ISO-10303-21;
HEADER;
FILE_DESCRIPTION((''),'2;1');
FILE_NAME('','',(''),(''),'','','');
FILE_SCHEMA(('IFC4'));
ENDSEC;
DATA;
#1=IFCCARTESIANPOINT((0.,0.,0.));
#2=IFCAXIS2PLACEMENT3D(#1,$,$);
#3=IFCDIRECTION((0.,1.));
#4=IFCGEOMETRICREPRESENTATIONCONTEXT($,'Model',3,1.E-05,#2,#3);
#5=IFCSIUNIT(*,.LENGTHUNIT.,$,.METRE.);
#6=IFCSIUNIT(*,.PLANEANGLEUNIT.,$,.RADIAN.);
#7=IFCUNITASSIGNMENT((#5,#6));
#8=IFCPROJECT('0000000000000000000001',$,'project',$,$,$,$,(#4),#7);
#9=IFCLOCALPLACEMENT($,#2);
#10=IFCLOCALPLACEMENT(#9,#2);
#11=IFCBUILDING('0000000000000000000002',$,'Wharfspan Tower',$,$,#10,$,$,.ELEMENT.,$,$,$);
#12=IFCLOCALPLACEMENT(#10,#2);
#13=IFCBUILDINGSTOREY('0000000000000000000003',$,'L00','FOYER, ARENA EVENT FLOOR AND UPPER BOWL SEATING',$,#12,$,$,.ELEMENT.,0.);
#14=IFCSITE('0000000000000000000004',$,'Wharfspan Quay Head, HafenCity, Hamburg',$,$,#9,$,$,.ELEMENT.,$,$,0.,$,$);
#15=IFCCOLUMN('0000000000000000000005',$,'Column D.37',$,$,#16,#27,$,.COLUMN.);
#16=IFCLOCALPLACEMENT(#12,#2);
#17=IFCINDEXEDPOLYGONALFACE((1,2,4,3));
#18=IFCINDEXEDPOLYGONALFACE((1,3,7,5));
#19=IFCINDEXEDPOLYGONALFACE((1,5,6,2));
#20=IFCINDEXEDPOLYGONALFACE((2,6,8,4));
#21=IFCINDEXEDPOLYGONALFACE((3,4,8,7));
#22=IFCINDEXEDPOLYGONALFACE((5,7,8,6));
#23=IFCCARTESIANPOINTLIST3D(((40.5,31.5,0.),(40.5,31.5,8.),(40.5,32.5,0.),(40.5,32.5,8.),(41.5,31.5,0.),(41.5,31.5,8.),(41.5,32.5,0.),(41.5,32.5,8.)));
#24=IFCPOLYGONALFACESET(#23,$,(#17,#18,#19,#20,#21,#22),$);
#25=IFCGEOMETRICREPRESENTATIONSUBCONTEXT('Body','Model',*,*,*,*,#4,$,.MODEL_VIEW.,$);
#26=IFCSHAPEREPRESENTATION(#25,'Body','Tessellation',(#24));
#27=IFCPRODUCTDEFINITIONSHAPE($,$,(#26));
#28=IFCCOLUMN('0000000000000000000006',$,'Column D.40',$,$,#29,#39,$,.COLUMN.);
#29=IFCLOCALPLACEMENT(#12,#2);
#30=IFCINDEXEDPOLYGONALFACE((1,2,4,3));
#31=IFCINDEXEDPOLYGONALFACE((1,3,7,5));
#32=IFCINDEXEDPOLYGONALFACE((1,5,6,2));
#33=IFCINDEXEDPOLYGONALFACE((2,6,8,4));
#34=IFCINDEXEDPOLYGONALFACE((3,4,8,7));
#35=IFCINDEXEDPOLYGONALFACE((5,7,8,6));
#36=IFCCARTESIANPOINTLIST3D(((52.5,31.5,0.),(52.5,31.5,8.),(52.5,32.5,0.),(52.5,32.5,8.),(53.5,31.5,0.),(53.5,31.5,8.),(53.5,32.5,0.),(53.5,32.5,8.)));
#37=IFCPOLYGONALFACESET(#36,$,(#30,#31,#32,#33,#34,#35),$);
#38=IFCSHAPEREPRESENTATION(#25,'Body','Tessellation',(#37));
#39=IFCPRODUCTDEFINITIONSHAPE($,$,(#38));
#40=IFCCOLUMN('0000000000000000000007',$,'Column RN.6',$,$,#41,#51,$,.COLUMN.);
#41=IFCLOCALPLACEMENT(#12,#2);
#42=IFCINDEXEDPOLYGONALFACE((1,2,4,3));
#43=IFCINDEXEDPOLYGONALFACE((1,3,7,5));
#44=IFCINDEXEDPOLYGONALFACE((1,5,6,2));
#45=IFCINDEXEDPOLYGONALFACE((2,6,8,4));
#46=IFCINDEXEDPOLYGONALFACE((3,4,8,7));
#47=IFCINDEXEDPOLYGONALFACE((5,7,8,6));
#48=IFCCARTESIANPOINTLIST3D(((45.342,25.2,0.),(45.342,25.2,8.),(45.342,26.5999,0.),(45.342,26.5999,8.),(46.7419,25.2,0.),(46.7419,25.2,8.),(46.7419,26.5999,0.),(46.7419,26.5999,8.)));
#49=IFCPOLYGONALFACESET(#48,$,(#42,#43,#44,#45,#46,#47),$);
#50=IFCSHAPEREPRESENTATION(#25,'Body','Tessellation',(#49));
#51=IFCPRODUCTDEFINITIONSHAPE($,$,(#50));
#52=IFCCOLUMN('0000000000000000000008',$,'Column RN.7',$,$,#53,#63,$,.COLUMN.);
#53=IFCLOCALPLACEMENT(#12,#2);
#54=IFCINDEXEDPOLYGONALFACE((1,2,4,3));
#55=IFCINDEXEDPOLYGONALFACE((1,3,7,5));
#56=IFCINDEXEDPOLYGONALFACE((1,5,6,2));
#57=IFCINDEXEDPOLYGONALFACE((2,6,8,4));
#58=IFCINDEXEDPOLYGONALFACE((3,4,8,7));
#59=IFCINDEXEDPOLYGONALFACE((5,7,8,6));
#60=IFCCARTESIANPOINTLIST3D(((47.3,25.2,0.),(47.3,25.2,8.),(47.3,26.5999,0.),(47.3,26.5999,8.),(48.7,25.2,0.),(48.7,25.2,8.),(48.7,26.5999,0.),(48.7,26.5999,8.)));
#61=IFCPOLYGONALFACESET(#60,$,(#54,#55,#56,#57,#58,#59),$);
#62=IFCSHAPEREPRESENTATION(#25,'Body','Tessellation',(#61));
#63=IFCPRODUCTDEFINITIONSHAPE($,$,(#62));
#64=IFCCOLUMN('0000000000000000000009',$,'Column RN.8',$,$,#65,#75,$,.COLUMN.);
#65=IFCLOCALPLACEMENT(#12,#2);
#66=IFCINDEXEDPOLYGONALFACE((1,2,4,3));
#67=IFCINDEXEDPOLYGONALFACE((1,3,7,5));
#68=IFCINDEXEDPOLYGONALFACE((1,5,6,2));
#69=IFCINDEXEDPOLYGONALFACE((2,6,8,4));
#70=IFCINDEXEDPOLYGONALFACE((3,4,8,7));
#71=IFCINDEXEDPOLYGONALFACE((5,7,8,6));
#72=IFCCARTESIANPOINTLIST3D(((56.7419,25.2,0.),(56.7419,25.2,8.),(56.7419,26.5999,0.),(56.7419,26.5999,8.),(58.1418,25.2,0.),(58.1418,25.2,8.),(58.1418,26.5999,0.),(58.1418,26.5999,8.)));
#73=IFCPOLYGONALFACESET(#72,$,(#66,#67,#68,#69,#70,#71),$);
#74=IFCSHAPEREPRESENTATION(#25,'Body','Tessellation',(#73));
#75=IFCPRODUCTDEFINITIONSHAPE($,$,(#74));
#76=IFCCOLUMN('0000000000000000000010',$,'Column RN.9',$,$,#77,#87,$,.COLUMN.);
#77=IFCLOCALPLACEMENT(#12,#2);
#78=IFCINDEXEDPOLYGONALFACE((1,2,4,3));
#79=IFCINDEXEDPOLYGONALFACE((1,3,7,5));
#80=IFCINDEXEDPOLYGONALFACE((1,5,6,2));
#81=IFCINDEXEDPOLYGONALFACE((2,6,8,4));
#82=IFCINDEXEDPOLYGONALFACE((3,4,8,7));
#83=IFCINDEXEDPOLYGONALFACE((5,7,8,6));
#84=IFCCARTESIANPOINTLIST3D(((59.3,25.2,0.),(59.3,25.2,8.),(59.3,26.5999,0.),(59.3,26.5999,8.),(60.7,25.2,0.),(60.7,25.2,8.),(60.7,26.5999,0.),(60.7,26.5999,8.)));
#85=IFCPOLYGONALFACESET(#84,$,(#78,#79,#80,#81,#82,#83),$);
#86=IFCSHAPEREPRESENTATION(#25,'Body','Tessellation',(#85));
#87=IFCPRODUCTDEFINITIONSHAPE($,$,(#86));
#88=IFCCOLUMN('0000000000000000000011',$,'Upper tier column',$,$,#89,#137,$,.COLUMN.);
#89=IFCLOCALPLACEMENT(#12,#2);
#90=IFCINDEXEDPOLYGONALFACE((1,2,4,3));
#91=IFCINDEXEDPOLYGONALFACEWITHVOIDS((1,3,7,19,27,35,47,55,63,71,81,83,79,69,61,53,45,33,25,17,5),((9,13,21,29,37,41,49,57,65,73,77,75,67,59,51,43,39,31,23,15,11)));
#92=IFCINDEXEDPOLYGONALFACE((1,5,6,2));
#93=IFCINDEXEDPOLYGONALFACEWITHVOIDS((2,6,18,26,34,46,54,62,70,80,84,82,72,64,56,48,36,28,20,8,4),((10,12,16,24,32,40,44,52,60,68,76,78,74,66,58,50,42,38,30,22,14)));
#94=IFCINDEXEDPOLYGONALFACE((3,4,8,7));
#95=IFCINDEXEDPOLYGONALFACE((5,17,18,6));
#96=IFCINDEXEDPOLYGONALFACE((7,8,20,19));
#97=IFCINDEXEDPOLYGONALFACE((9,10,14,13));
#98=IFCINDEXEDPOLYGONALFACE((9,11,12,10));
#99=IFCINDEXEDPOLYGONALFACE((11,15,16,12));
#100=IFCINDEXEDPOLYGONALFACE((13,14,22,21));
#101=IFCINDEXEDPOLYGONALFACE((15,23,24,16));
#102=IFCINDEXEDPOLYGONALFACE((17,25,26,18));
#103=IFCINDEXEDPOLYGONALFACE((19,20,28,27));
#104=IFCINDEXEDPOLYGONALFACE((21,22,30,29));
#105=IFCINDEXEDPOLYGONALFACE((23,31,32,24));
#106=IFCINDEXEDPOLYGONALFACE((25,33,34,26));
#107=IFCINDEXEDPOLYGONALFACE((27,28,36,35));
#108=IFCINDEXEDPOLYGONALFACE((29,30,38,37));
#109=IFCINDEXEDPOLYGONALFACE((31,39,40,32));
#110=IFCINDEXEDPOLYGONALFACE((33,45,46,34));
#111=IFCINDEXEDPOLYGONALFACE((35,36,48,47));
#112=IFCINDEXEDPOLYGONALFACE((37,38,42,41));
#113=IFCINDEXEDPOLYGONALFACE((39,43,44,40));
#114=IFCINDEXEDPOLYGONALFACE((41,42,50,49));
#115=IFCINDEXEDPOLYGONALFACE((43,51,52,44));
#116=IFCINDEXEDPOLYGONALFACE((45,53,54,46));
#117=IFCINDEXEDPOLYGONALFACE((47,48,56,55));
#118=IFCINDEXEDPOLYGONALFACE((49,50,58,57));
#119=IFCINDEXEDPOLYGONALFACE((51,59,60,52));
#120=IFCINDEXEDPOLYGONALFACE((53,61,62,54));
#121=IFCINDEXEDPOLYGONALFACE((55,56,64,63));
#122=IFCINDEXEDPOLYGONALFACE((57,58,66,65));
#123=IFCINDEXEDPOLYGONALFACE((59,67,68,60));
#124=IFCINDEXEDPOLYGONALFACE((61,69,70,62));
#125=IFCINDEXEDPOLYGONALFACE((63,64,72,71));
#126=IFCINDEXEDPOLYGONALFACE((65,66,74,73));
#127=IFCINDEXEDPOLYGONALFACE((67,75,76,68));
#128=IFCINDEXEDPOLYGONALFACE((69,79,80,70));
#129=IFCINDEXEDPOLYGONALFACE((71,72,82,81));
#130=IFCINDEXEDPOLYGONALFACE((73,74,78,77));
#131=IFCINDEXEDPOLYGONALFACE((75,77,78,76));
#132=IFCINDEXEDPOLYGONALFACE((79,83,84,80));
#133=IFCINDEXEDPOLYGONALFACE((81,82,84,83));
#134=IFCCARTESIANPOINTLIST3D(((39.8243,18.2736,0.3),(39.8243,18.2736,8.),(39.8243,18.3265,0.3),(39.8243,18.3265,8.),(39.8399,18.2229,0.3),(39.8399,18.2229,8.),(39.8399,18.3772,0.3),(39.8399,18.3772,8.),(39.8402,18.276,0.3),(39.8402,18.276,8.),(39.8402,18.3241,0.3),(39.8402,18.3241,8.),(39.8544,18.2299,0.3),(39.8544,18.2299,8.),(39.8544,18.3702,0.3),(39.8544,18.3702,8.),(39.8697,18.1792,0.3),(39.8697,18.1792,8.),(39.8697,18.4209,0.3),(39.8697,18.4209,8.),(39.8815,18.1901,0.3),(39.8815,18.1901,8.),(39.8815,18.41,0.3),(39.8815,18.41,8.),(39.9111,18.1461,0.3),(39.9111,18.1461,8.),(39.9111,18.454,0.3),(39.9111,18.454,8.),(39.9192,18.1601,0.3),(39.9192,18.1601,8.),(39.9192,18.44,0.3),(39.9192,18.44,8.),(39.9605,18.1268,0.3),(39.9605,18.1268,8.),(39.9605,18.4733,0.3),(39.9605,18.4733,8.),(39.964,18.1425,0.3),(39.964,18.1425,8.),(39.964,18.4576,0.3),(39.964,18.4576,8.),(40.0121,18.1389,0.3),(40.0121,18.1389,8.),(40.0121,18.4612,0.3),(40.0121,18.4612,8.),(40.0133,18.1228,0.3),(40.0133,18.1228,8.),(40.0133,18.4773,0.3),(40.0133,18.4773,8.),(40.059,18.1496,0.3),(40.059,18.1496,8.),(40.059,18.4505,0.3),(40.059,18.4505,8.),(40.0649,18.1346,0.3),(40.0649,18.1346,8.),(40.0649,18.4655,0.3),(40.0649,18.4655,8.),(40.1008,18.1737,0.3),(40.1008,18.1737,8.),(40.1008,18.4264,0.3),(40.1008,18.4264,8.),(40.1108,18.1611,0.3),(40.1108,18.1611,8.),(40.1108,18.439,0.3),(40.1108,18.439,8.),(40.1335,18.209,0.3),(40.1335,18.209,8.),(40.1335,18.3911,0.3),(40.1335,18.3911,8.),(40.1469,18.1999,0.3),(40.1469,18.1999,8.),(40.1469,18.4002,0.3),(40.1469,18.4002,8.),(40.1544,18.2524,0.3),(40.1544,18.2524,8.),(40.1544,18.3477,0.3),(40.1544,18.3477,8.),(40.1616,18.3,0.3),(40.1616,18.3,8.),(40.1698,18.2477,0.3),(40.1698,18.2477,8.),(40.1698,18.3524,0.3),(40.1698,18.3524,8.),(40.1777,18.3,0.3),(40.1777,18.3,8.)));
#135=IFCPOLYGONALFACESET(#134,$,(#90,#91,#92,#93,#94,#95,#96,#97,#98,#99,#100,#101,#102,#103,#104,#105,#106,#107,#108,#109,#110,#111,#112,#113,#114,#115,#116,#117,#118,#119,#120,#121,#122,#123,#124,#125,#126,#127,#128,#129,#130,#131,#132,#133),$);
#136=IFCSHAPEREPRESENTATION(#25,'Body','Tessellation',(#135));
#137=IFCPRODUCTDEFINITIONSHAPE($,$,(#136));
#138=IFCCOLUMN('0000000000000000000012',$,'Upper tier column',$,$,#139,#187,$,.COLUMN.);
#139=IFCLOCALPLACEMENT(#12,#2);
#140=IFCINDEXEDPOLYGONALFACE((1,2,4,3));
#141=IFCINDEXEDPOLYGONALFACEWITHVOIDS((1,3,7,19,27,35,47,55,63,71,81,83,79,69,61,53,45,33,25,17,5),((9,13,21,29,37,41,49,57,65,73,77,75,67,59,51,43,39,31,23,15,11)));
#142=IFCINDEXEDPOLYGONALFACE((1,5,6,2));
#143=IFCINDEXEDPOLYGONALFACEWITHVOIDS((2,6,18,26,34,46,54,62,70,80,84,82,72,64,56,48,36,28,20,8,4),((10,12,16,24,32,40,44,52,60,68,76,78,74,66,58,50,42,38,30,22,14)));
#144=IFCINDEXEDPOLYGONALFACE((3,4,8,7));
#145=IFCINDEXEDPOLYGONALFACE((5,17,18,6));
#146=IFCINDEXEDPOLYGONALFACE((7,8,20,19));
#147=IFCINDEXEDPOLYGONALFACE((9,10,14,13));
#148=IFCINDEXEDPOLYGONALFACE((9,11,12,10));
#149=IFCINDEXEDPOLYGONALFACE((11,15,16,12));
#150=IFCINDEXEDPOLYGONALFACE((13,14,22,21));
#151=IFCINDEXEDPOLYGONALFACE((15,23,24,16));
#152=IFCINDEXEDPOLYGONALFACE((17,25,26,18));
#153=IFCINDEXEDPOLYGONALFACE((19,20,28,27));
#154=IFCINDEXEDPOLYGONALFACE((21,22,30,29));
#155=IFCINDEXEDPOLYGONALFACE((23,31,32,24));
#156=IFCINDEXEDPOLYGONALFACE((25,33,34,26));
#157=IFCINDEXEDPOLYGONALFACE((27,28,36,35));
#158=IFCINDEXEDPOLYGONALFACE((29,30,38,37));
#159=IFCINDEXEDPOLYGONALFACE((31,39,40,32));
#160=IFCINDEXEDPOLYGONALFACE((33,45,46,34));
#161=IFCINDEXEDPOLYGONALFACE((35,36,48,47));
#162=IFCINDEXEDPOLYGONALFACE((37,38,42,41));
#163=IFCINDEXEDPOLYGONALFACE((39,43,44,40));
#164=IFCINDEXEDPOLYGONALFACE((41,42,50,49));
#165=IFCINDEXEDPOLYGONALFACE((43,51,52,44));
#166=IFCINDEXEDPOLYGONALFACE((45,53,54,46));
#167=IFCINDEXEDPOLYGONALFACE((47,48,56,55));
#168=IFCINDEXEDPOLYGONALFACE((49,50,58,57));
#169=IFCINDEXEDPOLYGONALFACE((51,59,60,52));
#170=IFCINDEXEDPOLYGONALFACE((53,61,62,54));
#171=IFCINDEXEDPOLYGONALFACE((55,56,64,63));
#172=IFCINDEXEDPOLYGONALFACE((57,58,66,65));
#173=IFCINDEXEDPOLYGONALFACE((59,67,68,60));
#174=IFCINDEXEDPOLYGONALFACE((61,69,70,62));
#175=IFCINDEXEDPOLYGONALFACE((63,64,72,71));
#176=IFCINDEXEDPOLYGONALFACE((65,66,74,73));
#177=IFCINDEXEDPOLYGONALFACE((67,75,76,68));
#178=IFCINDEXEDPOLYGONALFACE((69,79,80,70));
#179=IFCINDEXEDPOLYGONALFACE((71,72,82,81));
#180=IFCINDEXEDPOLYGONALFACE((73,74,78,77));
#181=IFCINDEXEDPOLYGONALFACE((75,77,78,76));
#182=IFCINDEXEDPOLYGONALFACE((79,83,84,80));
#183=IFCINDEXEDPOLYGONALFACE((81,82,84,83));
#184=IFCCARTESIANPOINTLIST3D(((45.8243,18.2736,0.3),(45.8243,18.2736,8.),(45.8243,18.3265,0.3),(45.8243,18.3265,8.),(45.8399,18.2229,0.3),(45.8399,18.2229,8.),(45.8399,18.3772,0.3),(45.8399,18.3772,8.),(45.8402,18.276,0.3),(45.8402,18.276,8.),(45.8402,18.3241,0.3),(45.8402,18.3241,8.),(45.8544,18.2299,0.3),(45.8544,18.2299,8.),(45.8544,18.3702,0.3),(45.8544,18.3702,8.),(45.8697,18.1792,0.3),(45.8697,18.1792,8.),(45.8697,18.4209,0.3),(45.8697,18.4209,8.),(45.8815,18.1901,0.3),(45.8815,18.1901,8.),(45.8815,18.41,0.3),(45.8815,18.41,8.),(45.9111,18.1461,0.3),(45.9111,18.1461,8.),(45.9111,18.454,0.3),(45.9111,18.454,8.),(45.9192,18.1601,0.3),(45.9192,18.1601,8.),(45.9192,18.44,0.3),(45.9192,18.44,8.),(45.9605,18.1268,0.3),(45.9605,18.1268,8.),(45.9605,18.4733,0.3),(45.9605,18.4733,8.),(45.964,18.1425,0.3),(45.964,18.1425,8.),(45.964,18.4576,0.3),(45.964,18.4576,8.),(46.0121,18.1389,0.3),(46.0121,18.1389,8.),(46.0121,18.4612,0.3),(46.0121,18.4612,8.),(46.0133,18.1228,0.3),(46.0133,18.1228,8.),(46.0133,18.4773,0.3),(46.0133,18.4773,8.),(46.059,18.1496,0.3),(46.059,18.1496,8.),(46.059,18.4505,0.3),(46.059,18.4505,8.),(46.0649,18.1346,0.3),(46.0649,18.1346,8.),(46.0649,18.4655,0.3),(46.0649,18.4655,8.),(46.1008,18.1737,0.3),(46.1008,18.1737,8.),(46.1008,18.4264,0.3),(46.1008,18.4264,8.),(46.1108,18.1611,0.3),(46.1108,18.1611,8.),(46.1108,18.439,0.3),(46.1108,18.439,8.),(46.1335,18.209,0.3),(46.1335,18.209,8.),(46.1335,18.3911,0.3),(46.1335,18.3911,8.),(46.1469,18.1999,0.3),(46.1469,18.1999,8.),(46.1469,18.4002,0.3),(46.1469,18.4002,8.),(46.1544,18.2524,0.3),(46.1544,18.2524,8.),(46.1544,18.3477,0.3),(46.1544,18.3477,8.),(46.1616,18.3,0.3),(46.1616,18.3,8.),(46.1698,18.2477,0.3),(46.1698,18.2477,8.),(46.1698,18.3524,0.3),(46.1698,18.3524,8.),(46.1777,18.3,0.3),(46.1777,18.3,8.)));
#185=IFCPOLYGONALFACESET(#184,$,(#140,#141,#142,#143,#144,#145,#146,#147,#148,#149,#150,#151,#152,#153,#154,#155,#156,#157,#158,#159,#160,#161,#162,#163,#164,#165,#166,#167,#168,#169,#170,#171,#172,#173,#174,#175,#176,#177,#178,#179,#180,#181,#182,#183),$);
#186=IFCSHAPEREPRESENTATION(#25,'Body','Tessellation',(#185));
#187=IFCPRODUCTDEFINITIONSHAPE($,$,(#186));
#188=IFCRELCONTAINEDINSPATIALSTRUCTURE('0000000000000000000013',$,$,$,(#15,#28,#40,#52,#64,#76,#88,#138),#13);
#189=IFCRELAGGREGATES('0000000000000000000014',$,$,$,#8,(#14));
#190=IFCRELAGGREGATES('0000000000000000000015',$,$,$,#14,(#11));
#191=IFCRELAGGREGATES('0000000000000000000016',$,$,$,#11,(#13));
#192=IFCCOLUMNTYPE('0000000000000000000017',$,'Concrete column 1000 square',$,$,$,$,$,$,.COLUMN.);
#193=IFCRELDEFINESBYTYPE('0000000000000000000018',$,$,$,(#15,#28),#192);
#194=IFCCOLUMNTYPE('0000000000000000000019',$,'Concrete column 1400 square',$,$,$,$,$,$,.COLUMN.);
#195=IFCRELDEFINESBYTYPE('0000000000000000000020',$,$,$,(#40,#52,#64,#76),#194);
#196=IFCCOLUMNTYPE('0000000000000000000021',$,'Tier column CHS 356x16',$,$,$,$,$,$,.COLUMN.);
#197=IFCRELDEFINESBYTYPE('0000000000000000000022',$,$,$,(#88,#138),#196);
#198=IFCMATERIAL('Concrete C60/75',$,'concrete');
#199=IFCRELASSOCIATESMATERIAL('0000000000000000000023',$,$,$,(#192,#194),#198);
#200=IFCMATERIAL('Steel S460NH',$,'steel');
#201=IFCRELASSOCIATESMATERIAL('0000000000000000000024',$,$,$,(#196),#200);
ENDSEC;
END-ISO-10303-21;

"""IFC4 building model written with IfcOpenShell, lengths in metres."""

from ifc_helpers import new_model, si_unit, direction, frame, origin, origin_2d, place, context, subcontext, project, spatial, rectangle, hollow_circle, extrude, material, material_profile, profile_set, type_object, element, save


model = new_model("IFC4")

# Units and contexts
model_context = context("Model", 3, precision=1e-05, world=origin(), true_north=direction((0.0, 1.0)))
body_context = subcontext(model_context, "Body", "Model", "MODEL_VIEW")
ifc_project = project(units=[si_unit("LENGTHUNIT", "METRE"), si_unit("PLANEANGLEUNIT", "RADIAN")], contexts=[model_context])

# Site, building, storey
site_placement = place(None, origin())
site = spatial("IfcSite", under=ifc_project, at=site_placement, Name="Wharfspan Quay Head, HafenCity, Hamburg", CompositionType="ELEMENT", RefElevation=0.0)
building_placement = place(site_placement, origin())
building = spatial("IfcBuilding", under=site, at=building_placement, Name="Wharfspan Tower", CompositionType="ELEMENT")
storey_placement = place(building_placement, origin())
storey = spatial("IfcBuildingStorey", under=building, at=storey_placement, Name="L00", Description="FOYER, ARENA EVENT FLOOR AND UPPER BOWL SEATING", CompositionType="ELEMENT", Elevation=0.0)

# Columns
ifc_material_1 = material(Name="Concrete C60/75", Category="concrete")
ifc_material_profile_1 = material_profile(ifc_material_1, rectangle(XDim=1.0, YDim=1.0, at=origin_2d()))
ifc_profile_set_1 = profile_set([ifc_material_profile_1], Name="Concrete C60/75")
column_type_1 = type_object("IfcColumnType", Name="Concrete column 1000 square", PredefinedType="COLUMN", material=ifc_profile_set_1)
for number, where, z_axis, x_axis, name in (
    (1, (41.0, 32.0, 0.0), (0.0, 0.0, 1.0), (1.0, 0.0, 0.0), "Column D.37"),
    (2, (53.0, 32.0, 0.0), (0.0, 0.0, 1.0), (1.0, 0.0, 0.0), "Column D.40"),
):
    element("IfcColumn", number, at=place(storey_placement, frame(where, z_axis=z_axis, x_axis=x_axis)), inside=storey, type_object=column_type_1, Name=name, PredefinedType="COLUMN", context=body_context, shape_type="SweptSolid", body=[
        extrude(rectangle(XDim=1.0, YDim=1.0, at=origin_2d()), origin(), (0.0, 0.0, 1.0), 8.0),
    ])
ifc_material_profile_2 = material_profile(ifc_material_1, rectangle(XDim=1.3999, YDim=1.3999, at=origin_2d()))
ifc_profile_set_2 = profile_set([ifc_material_profile_2], Name="Concrete C60/75")
column_type_2 = type_object("IfcColumnType", Name="Concrete column 1400 square", PredefinedType="COLUMN", material=ifc_profile_set_2)
for number, where, z_axis, x_axis, name in (
    (3, (46.042, 25.8999, 0.0), (0.0, 0.0, 1.0), (1.0, 0.0, 0.0), "Column RN.6"),
    (4, (48.0, 25.8999, 0.0), (0.0, 0.0, 1.0), (1.0, 0.0, 0.0), "Column RN.7"),
    (5, (57.4419, 25.8999, 0.0), (0.0, 0.0, 1.0), (1.0, 0.0, 0.0), "Column RN.8"),
    (6, (60.0, 25.8999, 0.0), (0.0, 0.0, 1.0), (1.0, 0.0, 0.0), "Column RN.9"),
):
    element("IfcColumn", number, at=place(storey_placement, frame(where, z_axis=z_axis, x_axis=x_axis)), inside=storey, type_object=column_type_2, Name=name, PredefinedType="COLUMN", context=body_context, shape_type="SweptSolid", body=[
        extrude(rectangle(XDim=1.3999, YDim=1.3999, at=origin_2d()), origin(), (0.0, 0.0, 1.0), 8.0),
    ])
ifc_material_2 = material(Name="Steel S460NH", Category="steel")
ifc_material_profile_3 = material_profile(ifc_material_2, hollow_circle(Radius=0.1777, WallThickness=0.0161, at=origin_2d()))
ifc_profile_set_3 = profile_set([ifc_material_profile_3], Name="Steel S460NH")
column_type_3 = type_object("IfcColumnType", Name="Tier column CHS 356x16", PredefinedType="COLUMN", material=ifc_profile_set_3)
for number, where, z_axis, x_axis, name in (
    (7, (40.0, 18.3, 0.3), (0.0, 0.0, 1.0), (1.0, 0.0, 0.0), "Upper tier column"),
    (8, (46.0, 18.3, 0.3), (0.0, 0.0, 1.0), (1.0, 0.0, 0.0), "Upper tier column"),
):
    element("IfcColumn", number, at=place(storey_placement, frame(where, z_axis=z_axis, x_axis=x_axis)), inside=storey, type_object=column_type_3, Name=name, PredefinedType="COLUMN", context=body_context, shape_type="SweptSolid", body=[
        extrude(hollow_circle(Radius=0.1777, WallThickness=0.0161, at=origin_2d()), origin(), (0.0, 0.0, 1.0), 7.7),
    ])

save(model, "model.ifc")
